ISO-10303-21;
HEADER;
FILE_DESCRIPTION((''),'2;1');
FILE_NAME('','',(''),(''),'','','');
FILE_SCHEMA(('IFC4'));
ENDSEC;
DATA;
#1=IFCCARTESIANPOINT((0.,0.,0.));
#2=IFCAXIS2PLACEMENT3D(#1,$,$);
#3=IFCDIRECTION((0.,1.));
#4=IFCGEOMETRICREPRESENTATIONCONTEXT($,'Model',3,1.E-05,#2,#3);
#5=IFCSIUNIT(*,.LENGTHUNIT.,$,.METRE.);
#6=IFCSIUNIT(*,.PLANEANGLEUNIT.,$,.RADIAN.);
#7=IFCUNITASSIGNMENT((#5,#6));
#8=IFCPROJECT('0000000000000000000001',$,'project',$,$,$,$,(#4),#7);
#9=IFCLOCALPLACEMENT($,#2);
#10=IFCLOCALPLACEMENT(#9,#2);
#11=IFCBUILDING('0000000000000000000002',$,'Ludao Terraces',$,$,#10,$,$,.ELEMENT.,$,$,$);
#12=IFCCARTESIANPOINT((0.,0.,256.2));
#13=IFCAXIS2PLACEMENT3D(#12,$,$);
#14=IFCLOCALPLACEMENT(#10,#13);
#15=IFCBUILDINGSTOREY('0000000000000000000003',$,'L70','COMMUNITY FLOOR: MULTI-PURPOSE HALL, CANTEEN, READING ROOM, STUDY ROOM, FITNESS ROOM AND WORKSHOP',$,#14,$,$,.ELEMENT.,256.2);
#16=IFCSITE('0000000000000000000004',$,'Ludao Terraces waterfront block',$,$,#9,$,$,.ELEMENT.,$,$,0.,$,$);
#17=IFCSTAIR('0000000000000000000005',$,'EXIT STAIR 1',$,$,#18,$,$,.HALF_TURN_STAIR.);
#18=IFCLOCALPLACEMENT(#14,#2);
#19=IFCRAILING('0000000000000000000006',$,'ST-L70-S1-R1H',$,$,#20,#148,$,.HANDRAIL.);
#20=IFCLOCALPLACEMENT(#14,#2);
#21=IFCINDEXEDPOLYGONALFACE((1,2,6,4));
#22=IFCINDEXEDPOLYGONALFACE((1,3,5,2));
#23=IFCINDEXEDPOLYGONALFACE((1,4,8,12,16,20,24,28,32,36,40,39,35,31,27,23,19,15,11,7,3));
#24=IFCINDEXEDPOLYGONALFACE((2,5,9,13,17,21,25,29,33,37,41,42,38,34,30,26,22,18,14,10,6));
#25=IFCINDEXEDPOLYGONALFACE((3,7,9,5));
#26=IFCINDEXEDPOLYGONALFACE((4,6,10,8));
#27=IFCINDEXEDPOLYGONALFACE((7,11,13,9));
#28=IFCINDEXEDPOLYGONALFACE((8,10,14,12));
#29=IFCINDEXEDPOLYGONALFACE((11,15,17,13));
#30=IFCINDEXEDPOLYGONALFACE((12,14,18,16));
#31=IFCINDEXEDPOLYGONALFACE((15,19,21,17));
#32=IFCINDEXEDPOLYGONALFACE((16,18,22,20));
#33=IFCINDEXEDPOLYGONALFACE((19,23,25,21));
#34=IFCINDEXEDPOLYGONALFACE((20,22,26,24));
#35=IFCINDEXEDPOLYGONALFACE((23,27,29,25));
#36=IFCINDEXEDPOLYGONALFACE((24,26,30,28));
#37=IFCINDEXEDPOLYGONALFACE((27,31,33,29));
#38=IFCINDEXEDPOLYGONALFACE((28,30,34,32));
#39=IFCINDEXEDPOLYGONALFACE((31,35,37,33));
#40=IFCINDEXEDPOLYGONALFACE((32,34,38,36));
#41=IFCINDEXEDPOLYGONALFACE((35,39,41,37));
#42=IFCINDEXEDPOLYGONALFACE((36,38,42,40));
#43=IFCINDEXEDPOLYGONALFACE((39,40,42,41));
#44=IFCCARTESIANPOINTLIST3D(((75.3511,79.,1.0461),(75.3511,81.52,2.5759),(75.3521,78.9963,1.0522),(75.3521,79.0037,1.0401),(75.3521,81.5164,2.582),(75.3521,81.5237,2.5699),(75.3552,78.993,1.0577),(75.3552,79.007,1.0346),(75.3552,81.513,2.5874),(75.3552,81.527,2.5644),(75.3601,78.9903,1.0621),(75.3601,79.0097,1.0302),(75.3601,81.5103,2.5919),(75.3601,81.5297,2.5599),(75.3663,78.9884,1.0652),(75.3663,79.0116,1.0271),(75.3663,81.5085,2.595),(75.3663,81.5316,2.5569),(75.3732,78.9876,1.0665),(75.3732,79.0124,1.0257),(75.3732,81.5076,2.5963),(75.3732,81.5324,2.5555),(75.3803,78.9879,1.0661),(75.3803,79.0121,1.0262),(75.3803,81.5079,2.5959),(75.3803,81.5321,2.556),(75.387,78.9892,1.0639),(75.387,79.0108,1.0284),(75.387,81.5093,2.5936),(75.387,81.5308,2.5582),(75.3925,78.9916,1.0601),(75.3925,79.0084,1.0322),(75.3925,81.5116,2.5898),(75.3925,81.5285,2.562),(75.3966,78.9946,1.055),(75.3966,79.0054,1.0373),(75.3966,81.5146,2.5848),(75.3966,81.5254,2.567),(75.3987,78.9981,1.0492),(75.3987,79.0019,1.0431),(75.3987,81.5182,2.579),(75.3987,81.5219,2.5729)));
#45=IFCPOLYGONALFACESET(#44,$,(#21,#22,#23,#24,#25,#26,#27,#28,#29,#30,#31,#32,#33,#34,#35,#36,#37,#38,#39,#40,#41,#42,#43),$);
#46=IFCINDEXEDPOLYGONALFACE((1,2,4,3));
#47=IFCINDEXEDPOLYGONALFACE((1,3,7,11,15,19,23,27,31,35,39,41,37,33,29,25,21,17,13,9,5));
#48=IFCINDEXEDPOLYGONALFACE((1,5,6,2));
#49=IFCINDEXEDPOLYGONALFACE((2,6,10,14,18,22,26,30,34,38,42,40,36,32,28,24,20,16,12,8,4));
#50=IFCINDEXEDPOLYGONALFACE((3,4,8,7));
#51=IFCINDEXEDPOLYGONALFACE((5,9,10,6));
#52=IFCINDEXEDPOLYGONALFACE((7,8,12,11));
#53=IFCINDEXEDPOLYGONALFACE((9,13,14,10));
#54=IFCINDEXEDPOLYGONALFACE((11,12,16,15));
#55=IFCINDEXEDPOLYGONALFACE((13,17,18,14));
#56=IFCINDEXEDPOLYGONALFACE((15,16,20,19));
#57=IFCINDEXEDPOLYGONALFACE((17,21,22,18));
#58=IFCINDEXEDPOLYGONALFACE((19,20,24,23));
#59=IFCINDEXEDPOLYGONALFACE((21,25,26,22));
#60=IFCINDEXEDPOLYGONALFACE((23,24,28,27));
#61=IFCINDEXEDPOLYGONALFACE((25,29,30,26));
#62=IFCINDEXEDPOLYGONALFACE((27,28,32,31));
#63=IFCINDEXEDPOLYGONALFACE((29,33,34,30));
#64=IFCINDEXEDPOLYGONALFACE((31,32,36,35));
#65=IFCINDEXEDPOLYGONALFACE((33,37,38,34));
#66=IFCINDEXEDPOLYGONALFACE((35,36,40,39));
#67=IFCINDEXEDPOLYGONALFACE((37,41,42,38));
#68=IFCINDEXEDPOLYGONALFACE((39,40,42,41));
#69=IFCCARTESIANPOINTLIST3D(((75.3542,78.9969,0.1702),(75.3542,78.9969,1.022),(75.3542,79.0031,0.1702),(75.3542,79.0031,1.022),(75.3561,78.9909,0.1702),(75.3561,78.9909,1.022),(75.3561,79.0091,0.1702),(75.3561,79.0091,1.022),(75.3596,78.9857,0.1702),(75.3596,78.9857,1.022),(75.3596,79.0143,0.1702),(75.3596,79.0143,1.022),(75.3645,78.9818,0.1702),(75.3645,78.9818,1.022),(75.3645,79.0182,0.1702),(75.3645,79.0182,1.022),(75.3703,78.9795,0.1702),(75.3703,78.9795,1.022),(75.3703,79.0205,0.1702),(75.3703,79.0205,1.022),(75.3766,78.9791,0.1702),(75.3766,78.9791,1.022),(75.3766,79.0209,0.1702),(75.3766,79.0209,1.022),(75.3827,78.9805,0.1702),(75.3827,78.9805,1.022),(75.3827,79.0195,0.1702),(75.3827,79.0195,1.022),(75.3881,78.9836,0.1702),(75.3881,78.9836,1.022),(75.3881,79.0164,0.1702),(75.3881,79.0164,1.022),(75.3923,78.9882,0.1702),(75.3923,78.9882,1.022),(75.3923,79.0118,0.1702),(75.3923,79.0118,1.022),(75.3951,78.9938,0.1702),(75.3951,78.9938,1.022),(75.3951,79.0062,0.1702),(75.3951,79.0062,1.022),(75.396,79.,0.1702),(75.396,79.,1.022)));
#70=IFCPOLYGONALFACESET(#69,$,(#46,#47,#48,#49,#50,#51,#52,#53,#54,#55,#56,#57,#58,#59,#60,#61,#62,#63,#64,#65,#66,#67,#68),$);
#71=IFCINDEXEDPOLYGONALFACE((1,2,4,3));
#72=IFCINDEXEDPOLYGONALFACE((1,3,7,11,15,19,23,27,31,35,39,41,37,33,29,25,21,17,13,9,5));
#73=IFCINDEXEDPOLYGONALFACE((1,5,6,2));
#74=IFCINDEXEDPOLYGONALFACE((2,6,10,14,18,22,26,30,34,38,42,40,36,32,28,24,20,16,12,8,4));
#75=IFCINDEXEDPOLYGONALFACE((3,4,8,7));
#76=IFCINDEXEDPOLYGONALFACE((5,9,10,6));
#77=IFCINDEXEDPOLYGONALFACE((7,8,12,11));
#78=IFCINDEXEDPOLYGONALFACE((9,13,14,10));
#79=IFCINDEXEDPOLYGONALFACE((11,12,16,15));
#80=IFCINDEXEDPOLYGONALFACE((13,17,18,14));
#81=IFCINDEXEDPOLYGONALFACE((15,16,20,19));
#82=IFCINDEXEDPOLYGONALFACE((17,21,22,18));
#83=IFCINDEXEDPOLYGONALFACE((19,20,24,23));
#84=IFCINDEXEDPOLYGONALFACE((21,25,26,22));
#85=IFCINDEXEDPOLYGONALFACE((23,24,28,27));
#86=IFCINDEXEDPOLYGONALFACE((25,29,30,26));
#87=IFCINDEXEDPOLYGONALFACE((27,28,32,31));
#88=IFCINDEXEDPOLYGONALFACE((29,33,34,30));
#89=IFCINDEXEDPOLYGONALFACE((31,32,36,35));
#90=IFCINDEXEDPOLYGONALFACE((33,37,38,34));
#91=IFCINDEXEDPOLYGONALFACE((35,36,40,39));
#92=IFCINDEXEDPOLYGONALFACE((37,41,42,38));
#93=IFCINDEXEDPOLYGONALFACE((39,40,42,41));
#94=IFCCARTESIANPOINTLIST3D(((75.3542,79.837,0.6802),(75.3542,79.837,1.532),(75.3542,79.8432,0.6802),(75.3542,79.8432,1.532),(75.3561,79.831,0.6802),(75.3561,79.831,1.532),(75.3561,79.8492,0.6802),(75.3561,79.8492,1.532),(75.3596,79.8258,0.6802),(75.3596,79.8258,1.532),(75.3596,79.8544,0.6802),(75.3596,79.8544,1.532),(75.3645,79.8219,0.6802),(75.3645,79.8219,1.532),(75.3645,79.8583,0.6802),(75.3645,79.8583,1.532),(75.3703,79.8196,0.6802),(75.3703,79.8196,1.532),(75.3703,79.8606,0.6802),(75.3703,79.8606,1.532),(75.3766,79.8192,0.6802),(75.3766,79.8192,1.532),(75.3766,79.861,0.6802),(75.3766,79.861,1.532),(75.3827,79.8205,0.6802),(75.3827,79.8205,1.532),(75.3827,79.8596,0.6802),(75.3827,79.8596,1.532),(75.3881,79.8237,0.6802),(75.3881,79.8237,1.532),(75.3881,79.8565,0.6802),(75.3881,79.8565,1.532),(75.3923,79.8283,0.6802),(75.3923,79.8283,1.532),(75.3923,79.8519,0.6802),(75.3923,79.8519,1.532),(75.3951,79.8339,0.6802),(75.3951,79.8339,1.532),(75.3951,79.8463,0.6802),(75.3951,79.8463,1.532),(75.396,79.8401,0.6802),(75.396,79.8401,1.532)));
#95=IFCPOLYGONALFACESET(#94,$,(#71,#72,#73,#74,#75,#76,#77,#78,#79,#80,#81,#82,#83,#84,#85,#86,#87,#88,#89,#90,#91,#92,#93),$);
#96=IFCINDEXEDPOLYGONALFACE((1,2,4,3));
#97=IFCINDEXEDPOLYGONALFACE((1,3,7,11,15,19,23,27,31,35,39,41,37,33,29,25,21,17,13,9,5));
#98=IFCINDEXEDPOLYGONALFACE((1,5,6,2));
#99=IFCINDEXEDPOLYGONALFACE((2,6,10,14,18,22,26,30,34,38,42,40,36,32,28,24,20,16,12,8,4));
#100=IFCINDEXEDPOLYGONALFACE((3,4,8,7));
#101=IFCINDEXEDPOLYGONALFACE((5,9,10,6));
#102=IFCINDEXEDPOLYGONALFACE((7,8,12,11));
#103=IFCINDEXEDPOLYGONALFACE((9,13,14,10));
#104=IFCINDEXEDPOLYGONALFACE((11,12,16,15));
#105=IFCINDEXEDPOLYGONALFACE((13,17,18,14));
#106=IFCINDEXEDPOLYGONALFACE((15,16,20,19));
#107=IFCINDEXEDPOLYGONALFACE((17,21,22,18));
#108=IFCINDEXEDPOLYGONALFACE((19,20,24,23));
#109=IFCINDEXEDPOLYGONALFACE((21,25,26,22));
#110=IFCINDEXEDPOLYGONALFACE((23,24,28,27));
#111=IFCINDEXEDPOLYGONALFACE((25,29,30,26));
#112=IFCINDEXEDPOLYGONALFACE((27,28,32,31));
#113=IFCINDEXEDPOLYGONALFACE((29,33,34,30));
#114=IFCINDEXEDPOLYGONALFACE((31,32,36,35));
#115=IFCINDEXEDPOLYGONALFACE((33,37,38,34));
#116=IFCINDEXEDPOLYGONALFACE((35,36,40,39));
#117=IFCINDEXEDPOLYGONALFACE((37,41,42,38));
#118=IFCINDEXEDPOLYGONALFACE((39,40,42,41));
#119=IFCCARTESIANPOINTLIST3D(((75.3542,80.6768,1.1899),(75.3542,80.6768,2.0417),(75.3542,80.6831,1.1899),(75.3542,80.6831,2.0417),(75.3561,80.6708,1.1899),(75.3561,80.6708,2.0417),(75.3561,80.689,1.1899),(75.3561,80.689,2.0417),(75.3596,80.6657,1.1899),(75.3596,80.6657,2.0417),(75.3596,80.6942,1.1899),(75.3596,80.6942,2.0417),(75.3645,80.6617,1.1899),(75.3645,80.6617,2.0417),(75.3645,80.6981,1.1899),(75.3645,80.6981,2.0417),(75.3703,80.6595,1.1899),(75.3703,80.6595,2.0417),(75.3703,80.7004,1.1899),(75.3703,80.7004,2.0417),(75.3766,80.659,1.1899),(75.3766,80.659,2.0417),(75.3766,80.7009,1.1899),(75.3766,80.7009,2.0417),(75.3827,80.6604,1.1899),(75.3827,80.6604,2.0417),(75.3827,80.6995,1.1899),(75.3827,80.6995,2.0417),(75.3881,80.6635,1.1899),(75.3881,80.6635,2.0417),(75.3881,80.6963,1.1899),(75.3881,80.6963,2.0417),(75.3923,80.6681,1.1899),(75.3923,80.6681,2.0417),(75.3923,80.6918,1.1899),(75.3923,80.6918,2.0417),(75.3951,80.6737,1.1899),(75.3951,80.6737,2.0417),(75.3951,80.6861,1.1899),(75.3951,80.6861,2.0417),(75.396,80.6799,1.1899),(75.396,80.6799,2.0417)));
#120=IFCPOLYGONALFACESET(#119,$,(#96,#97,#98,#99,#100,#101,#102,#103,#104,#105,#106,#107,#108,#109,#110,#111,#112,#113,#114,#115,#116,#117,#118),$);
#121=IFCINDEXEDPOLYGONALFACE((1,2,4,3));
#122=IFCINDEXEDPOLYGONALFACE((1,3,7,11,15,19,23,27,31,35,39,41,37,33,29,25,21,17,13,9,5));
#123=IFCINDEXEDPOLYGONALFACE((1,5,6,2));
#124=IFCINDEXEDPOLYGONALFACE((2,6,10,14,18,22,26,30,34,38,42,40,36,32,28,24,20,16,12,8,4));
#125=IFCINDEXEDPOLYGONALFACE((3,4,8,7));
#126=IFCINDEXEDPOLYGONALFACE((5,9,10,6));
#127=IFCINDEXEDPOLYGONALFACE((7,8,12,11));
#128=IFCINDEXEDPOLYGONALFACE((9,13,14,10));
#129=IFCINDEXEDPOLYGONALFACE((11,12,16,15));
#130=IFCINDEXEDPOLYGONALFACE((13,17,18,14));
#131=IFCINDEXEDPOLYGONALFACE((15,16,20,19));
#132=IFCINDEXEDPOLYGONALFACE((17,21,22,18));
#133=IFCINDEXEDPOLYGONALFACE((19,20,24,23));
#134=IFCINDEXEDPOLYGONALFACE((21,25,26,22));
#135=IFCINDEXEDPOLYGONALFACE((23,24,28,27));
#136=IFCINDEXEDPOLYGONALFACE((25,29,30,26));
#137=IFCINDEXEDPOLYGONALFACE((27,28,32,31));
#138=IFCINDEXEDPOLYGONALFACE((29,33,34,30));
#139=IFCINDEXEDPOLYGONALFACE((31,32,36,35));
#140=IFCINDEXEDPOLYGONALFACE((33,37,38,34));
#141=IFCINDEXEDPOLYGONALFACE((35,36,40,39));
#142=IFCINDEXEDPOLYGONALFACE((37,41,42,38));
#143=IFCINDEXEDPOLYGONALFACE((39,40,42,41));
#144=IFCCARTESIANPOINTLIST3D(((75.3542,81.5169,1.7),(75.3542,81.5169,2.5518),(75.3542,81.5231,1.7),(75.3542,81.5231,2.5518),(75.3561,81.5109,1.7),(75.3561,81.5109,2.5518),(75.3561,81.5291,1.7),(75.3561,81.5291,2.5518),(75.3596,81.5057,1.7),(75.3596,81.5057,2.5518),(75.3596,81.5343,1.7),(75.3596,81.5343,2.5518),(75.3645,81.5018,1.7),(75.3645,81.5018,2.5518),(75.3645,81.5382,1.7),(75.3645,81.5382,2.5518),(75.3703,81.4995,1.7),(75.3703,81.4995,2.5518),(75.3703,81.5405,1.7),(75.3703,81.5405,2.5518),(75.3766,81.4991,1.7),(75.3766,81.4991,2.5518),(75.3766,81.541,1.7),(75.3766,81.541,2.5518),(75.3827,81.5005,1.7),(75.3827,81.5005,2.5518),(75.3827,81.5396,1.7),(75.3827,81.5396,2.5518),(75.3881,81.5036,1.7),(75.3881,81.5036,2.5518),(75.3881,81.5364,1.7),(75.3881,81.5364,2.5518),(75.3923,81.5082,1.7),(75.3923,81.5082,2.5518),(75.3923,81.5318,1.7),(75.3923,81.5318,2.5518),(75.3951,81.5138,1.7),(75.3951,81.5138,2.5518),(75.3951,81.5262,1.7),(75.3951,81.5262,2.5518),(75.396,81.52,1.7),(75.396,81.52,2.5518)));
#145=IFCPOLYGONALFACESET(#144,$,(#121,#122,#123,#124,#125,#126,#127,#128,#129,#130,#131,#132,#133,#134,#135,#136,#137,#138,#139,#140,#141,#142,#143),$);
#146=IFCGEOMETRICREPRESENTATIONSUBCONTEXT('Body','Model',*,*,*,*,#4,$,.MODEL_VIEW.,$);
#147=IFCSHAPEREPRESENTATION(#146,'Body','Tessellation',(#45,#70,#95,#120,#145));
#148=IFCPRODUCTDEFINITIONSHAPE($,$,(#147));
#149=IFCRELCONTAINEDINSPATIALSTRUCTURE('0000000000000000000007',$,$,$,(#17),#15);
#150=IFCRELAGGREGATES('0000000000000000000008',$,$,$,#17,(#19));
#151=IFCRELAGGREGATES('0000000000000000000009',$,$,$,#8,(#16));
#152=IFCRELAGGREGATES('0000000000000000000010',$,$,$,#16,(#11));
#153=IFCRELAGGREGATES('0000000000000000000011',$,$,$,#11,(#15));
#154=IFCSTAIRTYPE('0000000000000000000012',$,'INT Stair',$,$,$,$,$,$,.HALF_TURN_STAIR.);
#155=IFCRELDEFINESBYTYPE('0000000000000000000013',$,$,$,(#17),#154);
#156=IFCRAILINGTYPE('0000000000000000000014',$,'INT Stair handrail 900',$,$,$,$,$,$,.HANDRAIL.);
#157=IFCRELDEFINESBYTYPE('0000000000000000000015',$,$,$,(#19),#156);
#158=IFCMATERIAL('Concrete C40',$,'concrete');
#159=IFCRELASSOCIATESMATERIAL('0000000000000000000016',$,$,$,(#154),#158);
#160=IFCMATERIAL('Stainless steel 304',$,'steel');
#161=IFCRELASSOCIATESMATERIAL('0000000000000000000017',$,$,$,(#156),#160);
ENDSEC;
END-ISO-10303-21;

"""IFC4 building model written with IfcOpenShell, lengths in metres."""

from ifc_helpers import new_model, si_unit, direction, frame, origin, origin_2d, place, context, subcontext, project, spatial, circle, extrude, material, type_object, element, aggregate, save


model = new_model("IFC4")

# Units and contexts
model_context = context("Model", 3, precision=1e-05, world=origin(), true_north=direction((0.0, 1.0)))
body_context = subcontext(model_context, "Body", "Model", "MODEL_VIEW")
ifc_project = project(units=[si_unit("LENGTHUNIT", "METRE"), si_unit("PLANEANGLEUNIT", "RADIAN")], contexts=[model_context])

# Site, building, storey
site_placement = place(None, origin())
site = spatial("IfcSite", under=ifc_project, at=site_placement, Name="Ludao Terraces waterfront block", CompositionType="ELEMENT", RefElevation=0.0)
building_placement = place(site_placement, origin())
building = spatial("IfcBuilding", under=site, at=building_placement, Name="Ludao Terraces", CompositionType="ELEMENT")
storey_placement = place(building_placement, frame((0.0, 0.0, 256.2)))
storey = spatial("IfcBuildingStorey", under=building, at=storey_placement, Name="L70", Description="COMMUNITY FLOOR: MULTI-PURPOSE HALL, CANTEEN, READING ROOM, STUDY ROOM, FITNESS ROOM AND WORKSHOP", CompositionType="ELEMENT", Elevation=256.2)

# Shared definitions
ifc_material_1 = material(Name="Concrete C40", Category="concrete")

# Stair, railing
stair_type = type_object("IfcStairType", Name="INT Stair", PredefinedType="HALF_TURN_STAIR", material=ifc_material_1)
stair_placement = place(storey_placement, origin())
stair = element("IfcStair", 1, at=stair_placement, inside=storey, type_object=stair_type, Name="EXIT STAIR 1", PredefinedType="HALF_TURN_STAIR")
ifc_material_2 = material(Name="Stainless steel 304", Category="steel")
railing_type_1 = type_object("IfcRailingType", Name="INT Stair handrail 900", PredefinedType="HANDRAIL", material=ifc_material_2)
railing_1_placement = place(storey_placement, frame((75.375, 79.0, 0.1702)))
railing_1 = element("IfcRailing", 2, at=railing_1_placement, type_object=railing_type_1, Name="ST-L70-S1-R1H", PredefinedType="HANDRAIL", context=body_context, shape_type="SweptSolid", body=[
    extrude(circle(Radius=0.0239, at=origin_2d()), frame((0.0, 0.0, 0.876), z_axis=(0.0, 0.854822, 0.518922), x_axis=(-1.0, 0.0, 0.0)), (0.0, 0.0, 1.0), 2.948),
    extrude(circle(Radius=0.021, at=origin_2d()), origin(), (0.0, 0.0, 1.0), 0.8518),
    extrude(circle(Radius=0.021, at=origin_2d()), frame((0.0, 0.8401, 0.51)), (0.0, 0.0, 1.0), 0.8518),
    extrude(circle(Radius=0.021, at=origin_2d()), frame((0.0, 1.6799, 1.0198)), (0.0, 0.0, 1.0), 0.8518),
    extrude(circle(Radius=0.021, at=origin_2d()), frame((0.0, 2.52, 1.5298)), (0.0, 0.0, 1.0), 0.8518),
])
aggregate(stair, [railing_1])

save(model, "model.ifc")
